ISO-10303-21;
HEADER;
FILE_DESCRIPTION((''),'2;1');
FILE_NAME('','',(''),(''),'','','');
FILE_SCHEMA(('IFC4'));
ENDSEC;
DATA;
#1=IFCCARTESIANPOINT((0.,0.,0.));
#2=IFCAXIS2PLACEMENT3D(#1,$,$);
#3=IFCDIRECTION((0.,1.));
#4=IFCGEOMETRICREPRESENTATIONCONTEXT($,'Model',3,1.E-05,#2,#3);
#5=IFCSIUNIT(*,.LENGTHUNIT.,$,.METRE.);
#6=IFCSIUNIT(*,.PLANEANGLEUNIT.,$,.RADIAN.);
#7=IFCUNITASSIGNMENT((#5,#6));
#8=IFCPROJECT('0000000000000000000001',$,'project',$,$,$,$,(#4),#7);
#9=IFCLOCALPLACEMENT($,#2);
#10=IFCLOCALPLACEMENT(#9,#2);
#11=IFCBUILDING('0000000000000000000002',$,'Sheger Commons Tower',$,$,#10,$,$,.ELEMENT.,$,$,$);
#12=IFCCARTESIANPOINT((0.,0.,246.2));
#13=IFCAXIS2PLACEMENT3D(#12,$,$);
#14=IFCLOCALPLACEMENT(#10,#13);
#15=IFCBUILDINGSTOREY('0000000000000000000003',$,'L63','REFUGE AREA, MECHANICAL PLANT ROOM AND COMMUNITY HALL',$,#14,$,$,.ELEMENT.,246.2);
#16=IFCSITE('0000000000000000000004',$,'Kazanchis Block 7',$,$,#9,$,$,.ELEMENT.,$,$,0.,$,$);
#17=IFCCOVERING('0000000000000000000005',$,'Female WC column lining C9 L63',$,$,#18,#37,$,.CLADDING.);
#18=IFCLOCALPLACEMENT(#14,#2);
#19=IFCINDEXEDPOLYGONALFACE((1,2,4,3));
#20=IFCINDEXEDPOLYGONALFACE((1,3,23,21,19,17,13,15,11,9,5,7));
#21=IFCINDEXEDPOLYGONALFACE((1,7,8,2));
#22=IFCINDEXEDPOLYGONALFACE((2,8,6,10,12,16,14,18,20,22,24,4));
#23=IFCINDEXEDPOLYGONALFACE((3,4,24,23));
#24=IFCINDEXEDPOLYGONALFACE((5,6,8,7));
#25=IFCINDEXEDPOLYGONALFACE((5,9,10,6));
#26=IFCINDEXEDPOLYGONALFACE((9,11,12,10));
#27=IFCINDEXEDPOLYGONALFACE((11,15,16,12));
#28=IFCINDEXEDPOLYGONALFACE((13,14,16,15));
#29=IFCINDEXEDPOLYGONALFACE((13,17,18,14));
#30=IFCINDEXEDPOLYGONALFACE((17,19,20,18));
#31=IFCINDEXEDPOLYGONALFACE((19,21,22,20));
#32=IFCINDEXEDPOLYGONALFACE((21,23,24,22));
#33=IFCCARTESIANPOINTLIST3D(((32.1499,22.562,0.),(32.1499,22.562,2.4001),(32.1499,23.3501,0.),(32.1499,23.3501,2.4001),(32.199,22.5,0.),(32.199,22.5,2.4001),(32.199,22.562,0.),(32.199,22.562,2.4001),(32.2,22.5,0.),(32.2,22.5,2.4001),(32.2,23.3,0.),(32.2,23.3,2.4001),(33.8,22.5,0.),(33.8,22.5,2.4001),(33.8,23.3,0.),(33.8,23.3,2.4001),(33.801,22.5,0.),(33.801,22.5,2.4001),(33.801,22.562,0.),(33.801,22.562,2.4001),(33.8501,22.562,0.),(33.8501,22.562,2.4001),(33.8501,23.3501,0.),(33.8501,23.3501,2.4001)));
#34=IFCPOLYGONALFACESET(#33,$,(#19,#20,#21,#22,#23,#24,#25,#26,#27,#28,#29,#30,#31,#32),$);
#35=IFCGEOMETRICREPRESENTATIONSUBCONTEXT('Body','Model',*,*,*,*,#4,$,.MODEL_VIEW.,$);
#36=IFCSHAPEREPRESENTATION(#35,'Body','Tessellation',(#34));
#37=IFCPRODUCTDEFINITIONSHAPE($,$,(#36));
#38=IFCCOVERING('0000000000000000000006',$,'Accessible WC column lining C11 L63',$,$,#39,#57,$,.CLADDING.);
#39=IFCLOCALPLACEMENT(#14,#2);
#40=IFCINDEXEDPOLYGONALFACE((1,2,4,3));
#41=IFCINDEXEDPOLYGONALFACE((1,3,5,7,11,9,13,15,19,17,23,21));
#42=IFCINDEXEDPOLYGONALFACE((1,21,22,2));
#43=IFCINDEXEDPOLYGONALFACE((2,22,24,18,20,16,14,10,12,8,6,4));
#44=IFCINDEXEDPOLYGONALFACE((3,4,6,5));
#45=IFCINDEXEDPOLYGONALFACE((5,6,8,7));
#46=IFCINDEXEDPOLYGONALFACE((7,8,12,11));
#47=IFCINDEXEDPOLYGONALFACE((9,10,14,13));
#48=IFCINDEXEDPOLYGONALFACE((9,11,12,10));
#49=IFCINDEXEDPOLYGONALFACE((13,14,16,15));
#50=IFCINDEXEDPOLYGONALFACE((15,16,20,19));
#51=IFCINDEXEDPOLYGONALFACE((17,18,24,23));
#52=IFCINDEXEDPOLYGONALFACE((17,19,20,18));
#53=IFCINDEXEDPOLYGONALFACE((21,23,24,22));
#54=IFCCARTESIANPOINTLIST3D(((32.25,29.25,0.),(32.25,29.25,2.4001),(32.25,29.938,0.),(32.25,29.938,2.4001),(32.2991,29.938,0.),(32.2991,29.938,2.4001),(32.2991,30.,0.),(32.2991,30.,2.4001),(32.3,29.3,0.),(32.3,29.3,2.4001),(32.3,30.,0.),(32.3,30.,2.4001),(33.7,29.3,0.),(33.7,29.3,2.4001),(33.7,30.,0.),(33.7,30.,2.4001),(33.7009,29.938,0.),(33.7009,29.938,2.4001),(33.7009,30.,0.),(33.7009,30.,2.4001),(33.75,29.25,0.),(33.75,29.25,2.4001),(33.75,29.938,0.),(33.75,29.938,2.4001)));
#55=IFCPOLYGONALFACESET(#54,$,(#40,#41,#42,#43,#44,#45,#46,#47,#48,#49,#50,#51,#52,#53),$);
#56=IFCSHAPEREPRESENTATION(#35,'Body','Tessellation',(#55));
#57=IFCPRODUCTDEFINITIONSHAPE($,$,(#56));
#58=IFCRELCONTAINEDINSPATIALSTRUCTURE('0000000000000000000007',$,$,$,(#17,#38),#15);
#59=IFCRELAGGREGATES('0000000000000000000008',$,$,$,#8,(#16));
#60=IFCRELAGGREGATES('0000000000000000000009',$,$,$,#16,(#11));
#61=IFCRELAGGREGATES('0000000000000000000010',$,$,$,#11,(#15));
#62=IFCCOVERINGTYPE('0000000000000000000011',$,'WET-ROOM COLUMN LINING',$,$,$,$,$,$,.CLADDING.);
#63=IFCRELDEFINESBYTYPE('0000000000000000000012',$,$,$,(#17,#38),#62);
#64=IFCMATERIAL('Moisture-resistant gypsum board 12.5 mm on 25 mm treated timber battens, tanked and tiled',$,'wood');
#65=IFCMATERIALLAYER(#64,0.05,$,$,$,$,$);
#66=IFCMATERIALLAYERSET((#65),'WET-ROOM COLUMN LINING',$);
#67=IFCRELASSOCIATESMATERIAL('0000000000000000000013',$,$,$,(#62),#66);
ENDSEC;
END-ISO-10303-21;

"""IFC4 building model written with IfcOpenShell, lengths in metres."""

from ifc_helpers import new_model, si_unit, direction, frame, origin, place, context, subcontext, project, spatial, polyline, outline, extrude, material, layer, layer_set, type_object, element, save


model = new_model("IFC4")

# Units and contexts
model_context = context("Model", 3, precision=1e-05, world=origin(), true_north=direction((0.0, 1.0)))
body_context = subcontext(model_context, "Body", "Model", "MODEL_VIEW")
ifc_project = project(units=[si_unit("LENGTHUNIT", "METRE"), si_unit("PLANEANGLEUNIT", "RADIAN")], contexts=[model_context])

# Site, building, storey
site_placement = place(None, origin())
site = spatial("IfcSite", under=ifc_project, at=site_placement, Name="Kazanchis Block 7", CompositionType="ELEMENT", RefElevation=0.0)
building_placement = place(site_placement, origin())
building = spatial("IfcBuilding", under=site, at=building_placement, Name="Sheger Commons Tower", CompositionType="ELEMENT")
storey_placement = place(building_placement, frame((0.0, 0.0, 246.2)))
storey = spatial("IfcBuildingStorey", under=building, at=storey_placement, Name="L63", Description="REFUGE AREA, MECHANICAL PLANT ROOM AND COMMUNITY HALL", CompositionType="ELEMENT", Elevation=246.2)

# Coverings
ifc_material_1 = material(Name="Moisture-resistant gypsum board 12.5 mm on 25 mm treated timber battens, tanked and tiled", Category="wood")
ifc_layer_1 = layer(ifc_material_1, 0.05)
ifc_layer_set_1 = layer_set([ifc_layer_1], Name="WET-ROOM COLUMN LINING")
covering_type_1 = type_object("IfcCoveringType", Name="WET-ROOM COLUMN LINING", PredefinedType="CLADDING", material=ifc_layer_set_1)
covering_1_placement = place(storey_placement, origin())
element("IfcCovering", 1, at=covering_1_placement, inside=storey, type_object=covering_type_1, Name="Female WC column lining C9 L63", PredefinedType="CLADDING", context=body_context, shape_type="SweptSolid", body=[
    extrude(outline(polyline([(33.8501, 23.3501), (33.8501, 22.562), (33.801, 22.562), (33.801, 22.5), (33.8, 22.5), (33.8, 23.3), (32.2, 23.3), (32.2, 22.5), (32.199, 22.5), (32.199, 22.562), (32.1499, 22.562), (32.1499, 23.3501), (33.8501, 23.3501)])), origin(), (0.0, 0.0, 1.0), 2.4001),
])
covering_2_placement = place(storey_placement, origin())
element("IfcCovering", 2, at=covering_2_placement, inside=storey, type_object=covering_type_1, Name="Accessible WC column lining C11 L63", PredefinedType="CLADDING", context=body_context, shape_type="SweptSolid", body=[
    extrude(outline(polyline([(32.3, 30.0), (32.3, 29.3), (33.7, 29.3), (33.7, 30.0), (33.7009, 30.0), (33.7009, 29.938), (33.75, 29.938), (33.75, 29.25), (32.25, 29.25), (32.25, 29.938), (32.2991, 29.938), (32.2991, 30.0), (32.3, 30.0)])), origin(), (0.0, 0.0, 1.0), 2.4001),
])

save(model, "model.ifc")
